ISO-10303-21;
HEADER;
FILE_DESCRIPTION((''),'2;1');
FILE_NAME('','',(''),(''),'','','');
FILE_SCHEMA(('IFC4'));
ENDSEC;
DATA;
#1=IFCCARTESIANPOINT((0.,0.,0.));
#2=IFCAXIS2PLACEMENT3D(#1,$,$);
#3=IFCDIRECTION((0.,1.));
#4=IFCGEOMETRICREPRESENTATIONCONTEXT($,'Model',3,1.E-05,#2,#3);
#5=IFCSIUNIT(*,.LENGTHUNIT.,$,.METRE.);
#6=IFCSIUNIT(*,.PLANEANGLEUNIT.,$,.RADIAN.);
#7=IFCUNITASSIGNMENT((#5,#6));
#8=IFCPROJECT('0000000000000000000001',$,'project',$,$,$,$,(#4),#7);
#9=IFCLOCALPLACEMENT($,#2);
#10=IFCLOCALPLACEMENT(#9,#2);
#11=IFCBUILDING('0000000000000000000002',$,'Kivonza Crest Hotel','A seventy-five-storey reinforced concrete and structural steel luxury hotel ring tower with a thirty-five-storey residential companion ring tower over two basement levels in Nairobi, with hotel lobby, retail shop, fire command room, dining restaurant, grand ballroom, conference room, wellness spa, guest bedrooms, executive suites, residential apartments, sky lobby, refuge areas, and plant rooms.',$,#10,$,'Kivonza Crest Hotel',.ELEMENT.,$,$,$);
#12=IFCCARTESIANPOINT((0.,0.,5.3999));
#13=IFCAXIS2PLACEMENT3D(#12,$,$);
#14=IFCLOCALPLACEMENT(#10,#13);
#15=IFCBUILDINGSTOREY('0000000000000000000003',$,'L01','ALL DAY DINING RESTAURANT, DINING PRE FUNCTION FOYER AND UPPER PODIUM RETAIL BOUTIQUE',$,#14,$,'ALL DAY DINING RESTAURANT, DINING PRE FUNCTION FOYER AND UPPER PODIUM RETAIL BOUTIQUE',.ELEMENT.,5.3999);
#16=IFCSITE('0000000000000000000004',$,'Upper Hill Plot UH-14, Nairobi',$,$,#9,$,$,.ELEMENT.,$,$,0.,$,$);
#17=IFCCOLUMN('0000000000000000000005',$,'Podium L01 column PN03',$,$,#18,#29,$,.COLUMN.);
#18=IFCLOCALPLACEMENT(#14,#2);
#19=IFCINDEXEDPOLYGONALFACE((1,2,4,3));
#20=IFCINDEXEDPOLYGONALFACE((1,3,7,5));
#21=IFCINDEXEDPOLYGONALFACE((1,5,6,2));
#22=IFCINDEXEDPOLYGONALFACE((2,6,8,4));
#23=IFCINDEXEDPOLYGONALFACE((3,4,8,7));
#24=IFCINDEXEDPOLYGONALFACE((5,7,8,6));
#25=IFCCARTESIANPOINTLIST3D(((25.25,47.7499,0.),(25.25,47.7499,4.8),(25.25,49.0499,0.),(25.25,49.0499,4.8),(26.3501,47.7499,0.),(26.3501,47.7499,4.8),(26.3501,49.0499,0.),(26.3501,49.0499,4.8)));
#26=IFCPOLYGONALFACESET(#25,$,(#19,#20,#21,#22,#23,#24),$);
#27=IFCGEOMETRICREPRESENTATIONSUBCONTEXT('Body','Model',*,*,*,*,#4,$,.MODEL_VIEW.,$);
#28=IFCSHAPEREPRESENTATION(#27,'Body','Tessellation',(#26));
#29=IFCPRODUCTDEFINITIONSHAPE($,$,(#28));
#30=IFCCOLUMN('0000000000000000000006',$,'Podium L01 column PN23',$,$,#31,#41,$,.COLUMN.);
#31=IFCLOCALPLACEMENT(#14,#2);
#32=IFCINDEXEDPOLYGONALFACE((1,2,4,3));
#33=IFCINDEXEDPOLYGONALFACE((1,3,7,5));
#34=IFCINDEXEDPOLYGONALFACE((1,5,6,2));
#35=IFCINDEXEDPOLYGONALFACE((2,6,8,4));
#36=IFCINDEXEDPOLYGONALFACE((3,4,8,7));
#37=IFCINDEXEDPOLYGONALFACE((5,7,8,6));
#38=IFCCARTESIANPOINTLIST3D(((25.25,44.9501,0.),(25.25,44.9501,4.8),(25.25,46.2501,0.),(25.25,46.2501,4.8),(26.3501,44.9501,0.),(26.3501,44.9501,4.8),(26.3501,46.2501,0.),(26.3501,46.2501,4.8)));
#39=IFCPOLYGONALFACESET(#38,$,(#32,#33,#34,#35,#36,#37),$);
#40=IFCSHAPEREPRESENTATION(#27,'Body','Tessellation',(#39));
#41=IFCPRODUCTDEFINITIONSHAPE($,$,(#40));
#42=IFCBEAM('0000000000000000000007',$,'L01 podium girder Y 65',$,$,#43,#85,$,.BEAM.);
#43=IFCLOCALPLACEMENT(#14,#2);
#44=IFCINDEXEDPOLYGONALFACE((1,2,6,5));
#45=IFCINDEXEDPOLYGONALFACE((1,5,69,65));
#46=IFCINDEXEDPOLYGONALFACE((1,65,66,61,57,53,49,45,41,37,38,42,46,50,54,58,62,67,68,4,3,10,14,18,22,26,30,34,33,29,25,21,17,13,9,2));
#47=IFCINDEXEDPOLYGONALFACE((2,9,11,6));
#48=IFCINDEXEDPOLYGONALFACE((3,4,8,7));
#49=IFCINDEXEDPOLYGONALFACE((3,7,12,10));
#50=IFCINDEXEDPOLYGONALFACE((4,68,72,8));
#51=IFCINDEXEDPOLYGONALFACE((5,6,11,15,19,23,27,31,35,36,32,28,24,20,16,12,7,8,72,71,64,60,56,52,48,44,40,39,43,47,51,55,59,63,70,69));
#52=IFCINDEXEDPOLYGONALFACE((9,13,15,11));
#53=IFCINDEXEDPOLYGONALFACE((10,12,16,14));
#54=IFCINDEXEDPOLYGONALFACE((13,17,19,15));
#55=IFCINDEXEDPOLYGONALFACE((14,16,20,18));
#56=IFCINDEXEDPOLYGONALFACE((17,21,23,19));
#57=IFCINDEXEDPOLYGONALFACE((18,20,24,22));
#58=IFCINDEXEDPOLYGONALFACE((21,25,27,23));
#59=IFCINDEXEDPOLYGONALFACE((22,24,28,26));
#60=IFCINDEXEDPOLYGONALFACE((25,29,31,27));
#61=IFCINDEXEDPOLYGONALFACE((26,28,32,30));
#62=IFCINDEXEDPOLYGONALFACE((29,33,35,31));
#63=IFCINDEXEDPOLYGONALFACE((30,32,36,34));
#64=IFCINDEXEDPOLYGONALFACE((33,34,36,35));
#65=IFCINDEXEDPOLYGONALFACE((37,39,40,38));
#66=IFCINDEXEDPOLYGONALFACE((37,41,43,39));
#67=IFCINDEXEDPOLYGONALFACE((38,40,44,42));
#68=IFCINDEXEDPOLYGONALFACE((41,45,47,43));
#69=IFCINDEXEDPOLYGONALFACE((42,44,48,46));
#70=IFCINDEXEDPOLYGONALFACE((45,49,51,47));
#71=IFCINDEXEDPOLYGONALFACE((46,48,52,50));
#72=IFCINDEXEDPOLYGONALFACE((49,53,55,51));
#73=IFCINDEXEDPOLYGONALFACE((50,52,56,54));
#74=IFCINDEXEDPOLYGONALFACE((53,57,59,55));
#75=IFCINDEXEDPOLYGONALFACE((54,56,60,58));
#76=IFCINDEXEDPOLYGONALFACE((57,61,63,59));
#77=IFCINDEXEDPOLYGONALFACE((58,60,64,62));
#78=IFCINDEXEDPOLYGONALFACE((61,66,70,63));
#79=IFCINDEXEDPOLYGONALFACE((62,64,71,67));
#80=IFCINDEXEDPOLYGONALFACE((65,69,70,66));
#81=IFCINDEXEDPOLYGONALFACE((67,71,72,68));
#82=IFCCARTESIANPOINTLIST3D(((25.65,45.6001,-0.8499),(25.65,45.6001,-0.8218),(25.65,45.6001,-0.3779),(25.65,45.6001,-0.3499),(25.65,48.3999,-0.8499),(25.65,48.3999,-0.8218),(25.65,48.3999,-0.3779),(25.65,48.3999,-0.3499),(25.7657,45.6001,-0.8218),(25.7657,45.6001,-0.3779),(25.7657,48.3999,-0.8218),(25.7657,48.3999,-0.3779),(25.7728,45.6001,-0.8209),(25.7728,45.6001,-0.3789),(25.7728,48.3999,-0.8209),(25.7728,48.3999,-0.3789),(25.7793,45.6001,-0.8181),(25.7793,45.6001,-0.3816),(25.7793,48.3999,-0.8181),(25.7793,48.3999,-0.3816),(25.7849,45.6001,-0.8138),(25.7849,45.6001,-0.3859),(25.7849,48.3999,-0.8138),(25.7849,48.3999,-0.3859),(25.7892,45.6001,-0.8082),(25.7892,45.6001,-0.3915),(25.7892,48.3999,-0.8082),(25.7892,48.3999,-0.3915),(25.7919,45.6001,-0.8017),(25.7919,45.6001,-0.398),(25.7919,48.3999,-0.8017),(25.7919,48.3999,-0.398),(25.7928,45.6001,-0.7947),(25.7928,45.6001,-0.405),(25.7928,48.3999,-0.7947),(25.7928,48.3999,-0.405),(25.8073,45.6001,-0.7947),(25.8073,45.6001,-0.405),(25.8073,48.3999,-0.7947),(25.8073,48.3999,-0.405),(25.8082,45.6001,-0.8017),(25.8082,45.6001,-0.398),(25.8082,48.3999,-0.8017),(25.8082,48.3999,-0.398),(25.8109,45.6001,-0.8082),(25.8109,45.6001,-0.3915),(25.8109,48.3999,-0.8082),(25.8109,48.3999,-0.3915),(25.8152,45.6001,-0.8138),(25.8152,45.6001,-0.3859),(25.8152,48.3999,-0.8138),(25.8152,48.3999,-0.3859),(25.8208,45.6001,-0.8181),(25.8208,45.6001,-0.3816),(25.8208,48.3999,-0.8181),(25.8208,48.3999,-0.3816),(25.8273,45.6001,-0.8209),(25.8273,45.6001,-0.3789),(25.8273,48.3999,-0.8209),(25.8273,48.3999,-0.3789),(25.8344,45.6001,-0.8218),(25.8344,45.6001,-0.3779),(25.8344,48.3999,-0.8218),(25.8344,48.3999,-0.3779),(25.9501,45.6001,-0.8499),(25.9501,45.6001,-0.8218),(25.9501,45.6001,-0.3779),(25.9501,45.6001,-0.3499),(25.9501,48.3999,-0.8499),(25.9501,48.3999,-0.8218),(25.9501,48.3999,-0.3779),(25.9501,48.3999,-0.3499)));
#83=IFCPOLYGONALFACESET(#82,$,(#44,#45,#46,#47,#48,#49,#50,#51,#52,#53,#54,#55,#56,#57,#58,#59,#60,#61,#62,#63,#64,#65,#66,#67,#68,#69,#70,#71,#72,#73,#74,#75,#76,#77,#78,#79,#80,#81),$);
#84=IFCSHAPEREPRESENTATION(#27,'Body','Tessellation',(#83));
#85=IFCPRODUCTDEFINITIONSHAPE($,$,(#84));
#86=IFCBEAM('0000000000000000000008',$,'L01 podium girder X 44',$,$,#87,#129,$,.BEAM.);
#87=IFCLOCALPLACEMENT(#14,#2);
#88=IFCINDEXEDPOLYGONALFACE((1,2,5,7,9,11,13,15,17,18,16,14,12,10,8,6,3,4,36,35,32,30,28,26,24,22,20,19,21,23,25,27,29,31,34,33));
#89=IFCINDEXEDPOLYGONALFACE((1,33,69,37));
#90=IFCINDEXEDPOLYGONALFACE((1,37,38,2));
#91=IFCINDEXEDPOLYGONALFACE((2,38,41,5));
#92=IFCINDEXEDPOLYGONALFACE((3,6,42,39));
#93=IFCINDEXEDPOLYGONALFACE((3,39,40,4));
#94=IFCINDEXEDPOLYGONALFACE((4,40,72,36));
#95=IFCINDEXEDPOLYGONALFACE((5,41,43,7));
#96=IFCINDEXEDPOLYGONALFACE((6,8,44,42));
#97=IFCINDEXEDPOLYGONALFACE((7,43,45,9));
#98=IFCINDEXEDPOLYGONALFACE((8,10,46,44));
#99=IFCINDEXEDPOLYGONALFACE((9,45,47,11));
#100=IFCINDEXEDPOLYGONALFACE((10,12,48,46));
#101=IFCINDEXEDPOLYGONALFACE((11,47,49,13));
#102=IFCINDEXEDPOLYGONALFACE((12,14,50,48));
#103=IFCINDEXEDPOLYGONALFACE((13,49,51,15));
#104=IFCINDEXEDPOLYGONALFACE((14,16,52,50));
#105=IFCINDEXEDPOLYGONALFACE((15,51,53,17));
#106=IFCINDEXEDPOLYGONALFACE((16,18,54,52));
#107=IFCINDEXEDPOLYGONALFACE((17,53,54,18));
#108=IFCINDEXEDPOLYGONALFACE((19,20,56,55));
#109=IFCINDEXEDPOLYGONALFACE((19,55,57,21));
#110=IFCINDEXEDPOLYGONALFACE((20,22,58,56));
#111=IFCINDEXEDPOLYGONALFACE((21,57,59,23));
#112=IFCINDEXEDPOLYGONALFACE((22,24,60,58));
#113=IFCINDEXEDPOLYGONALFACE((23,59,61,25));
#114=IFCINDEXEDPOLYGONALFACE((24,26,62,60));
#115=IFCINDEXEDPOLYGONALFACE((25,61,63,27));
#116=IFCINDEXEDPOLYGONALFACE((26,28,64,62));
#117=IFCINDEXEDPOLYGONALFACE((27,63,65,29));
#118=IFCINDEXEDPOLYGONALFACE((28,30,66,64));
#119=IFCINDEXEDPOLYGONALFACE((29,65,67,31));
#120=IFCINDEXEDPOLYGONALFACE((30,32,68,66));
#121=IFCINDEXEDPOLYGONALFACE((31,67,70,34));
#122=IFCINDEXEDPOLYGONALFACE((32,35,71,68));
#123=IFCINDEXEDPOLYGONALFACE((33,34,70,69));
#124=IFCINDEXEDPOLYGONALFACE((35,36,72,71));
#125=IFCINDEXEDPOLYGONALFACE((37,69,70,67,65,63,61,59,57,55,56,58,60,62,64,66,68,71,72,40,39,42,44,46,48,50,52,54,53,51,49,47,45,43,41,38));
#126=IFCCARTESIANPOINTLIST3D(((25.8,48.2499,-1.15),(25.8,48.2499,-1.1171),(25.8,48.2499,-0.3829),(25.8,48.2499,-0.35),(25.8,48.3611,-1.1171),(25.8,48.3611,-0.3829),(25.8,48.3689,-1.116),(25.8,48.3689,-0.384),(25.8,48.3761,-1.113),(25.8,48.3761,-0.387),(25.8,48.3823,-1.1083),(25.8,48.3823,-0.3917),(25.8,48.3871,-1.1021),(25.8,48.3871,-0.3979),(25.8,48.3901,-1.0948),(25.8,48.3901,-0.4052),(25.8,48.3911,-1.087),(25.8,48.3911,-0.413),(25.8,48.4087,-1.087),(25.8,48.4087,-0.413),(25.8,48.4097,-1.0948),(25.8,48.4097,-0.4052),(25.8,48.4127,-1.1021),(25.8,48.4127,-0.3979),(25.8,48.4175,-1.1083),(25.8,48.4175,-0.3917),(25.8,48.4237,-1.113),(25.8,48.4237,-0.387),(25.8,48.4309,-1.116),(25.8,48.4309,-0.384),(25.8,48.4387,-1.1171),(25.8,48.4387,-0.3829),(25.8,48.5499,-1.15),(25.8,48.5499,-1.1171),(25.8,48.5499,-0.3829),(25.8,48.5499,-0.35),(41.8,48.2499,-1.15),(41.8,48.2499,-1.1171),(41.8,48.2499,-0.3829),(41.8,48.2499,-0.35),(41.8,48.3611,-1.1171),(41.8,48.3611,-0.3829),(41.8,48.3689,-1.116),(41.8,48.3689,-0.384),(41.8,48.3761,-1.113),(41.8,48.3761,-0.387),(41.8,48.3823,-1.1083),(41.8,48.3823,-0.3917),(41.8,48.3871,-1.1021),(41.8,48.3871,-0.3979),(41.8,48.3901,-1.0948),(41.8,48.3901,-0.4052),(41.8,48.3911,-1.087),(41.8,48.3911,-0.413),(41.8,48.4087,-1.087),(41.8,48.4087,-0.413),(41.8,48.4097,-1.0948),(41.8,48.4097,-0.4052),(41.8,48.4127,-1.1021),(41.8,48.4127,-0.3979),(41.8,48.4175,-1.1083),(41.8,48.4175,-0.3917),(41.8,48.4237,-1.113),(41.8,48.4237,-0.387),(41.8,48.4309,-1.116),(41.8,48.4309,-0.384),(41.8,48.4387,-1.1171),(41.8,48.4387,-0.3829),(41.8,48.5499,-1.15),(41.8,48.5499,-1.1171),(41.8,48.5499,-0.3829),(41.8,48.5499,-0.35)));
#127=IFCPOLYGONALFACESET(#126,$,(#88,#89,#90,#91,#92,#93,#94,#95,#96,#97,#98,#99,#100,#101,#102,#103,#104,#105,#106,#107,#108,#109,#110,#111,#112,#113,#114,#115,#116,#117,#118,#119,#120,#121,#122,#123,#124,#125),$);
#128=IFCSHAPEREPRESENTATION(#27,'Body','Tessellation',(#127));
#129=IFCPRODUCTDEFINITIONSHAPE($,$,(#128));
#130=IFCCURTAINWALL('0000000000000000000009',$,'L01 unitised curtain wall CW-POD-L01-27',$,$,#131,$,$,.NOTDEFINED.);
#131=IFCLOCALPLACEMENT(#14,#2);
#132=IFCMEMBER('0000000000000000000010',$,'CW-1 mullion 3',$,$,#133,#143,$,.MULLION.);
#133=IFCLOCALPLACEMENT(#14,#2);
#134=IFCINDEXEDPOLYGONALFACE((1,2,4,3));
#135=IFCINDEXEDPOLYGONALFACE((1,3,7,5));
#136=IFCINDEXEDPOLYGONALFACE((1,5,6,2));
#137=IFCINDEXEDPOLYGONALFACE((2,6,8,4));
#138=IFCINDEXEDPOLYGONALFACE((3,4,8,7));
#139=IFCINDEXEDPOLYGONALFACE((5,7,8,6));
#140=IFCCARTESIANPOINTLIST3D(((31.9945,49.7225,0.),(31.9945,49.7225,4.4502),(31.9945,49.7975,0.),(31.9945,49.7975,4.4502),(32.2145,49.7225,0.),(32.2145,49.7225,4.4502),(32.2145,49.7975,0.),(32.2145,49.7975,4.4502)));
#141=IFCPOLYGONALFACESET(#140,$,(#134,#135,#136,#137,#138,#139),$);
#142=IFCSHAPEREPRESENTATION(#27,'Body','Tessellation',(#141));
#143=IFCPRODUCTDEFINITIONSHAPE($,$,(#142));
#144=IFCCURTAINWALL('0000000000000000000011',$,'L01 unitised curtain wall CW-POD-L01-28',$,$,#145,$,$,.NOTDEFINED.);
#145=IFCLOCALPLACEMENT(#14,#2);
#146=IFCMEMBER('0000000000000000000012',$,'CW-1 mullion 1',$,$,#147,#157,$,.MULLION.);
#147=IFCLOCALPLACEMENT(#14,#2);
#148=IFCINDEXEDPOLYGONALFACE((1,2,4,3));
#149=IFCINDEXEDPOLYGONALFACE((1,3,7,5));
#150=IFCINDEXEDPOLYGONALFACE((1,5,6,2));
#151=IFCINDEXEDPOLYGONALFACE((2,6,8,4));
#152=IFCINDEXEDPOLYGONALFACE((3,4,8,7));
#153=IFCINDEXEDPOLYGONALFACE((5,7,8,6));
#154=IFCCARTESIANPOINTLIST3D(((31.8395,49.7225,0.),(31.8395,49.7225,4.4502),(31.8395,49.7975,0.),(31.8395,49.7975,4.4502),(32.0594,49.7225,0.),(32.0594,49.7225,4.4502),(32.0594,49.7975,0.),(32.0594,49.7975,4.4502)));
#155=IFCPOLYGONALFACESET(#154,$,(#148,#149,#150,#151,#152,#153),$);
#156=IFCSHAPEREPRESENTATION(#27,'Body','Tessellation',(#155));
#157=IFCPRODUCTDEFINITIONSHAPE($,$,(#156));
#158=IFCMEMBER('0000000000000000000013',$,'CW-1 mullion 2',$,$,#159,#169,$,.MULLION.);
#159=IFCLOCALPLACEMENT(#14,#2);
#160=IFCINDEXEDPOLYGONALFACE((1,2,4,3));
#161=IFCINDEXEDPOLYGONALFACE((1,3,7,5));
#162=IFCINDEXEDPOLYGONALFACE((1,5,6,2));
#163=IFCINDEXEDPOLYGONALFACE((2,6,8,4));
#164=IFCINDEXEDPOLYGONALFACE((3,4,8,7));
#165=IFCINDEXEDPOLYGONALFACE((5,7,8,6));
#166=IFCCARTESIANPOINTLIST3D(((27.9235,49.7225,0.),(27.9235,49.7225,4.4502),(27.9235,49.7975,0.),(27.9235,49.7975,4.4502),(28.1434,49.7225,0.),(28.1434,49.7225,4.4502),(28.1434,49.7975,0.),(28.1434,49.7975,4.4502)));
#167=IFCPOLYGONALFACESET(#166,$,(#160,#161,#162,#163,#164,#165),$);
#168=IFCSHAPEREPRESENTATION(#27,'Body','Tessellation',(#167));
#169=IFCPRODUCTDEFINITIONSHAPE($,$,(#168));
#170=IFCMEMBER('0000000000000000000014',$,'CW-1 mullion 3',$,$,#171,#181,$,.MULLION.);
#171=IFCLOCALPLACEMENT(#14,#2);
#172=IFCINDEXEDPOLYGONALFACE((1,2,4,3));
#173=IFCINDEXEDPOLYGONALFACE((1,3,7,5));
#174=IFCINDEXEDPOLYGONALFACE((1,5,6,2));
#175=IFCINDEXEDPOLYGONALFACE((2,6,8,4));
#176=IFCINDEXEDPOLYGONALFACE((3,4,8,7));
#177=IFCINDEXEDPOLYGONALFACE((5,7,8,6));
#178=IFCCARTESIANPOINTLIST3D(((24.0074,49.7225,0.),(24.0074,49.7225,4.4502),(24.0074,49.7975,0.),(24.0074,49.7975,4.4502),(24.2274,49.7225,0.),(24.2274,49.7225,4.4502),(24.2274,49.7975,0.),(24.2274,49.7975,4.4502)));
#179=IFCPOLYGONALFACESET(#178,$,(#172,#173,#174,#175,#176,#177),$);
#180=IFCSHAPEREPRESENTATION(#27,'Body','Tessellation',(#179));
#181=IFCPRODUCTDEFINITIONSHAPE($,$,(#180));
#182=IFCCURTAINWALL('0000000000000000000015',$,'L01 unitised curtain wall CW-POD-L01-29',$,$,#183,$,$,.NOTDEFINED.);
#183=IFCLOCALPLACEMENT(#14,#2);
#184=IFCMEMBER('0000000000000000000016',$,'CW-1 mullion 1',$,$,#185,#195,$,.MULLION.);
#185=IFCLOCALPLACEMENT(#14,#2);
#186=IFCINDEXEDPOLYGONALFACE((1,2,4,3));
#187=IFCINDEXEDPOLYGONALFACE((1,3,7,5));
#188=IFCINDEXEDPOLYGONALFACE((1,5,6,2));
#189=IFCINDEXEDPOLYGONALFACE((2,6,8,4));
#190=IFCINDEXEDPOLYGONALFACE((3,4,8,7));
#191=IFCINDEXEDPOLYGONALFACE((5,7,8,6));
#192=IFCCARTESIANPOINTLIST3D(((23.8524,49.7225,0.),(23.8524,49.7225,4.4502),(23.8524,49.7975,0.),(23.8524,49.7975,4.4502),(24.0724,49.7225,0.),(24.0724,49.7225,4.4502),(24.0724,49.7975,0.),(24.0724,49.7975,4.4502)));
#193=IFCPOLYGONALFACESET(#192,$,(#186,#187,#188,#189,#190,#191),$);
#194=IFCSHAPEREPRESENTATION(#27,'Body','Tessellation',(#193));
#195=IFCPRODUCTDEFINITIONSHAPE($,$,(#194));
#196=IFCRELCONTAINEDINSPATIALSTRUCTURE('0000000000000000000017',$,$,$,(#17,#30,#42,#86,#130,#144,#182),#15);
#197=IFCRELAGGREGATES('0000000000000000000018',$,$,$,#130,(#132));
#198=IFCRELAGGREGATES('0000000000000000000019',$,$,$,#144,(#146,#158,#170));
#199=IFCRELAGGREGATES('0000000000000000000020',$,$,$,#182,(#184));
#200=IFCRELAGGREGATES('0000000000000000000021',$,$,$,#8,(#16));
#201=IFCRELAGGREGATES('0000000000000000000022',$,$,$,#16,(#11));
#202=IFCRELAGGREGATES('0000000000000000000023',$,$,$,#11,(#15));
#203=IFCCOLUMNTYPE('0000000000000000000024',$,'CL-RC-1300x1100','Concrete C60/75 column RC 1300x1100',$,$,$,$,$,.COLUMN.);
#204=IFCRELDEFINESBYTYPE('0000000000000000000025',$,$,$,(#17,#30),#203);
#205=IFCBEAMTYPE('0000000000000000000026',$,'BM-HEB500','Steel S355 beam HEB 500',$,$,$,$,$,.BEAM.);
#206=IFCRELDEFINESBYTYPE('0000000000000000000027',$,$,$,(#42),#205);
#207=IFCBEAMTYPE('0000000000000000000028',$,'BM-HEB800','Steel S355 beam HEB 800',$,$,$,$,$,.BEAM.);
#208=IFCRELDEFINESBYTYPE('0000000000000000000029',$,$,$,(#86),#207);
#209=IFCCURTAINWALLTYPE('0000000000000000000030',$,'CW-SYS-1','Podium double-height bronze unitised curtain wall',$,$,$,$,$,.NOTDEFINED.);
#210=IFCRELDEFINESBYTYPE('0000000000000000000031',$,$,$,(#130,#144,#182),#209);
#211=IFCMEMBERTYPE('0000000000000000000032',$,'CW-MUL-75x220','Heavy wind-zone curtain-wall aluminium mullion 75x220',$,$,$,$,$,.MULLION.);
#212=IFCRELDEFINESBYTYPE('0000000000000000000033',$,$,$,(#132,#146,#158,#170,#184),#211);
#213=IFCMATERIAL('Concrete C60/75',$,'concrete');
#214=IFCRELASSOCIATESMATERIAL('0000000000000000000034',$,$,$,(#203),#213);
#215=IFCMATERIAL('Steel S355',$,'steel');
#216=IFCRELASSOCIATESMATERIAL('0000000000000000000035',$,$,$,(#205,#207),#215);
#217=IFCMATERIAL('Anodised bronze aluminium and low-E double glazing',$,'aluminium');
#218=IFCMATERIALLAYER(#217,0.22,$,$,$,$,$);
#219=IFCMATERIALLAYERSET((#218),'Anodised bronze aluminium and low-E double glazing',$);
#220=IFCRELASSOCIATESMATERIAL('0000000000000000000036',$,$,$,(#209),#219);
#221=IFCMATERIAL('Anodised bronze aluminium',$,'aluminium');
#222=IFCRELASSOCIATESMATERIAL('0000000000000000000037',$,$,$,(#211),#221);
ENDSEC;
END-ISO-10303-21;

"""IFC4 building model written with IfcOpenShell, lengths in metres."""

from ifc_helpers import new_model, si_unit, direction, frame, origin, origin_2d, place, context, subcontext, project, spatial, rectangle, i_section, extrude, material, layer, layer_set, material_profile, profile_set, type_object, element, aggregate, save


model = new_model("IFC4")

# Units and contexts
model_context = context("Model", 3, precision=1e-05, world=origin(), true_north=direction((0.0, 1.0)))
body_context = subcontext(model_context, "Body", "Model", "MODEL_VIEW")
ifc_project = project(units=[si_unit("LENGTHUNIT", "METRE"), si_unit("PLANEANGLEUNIT", "RADIAN")], contexts=[model_context])

# Site, building, storey
site_placement = place(None, origin())
site = spatial("IfcSite", under=ifc_project, at=site_placement, Name="Upper Hill Plot UH-14, Nairobi", CompositionType="ELEMENT", RefElevation=0.0)
building_placement = place(site_placement, origin())
building = spatial("IfcBuilding", under=site, at=building_placement, Name="Kivonza Crest Hotel", Description="A seventy-five-storey reinforced concrete and structural steel luxury hotel ring tower with a thirty-five-storey residential companion ring tower over two basement levels in Nairobi, with hotel lobby, retail shop, fire command room, dining restaurant, grand ballroom, conference room, wellness spa, guest bedrooms, executive suites, residential apartments, sky lobby, refuge areas, and plant rooms.", LongName="Kivonza Crest Hotel", CompositionType="ELEMENT")
storey_placement = place(building_placement, frame((0.0, 0.0, 5.3999)))
storey = spatial("IfcBuildingStorey", under=building, at=storey_placement, Name="L01", Description="ALL DAY DINING RESTAURANT, DINING PRE FUNCTION FOYER AND UPPER PODIUM RETAIL BOUTIQUE", LongName="ALL DAY DINING RESTAURANT, DINING PRE FUNCTION FOYER AND UPPER PODIUM RETAIL BOUTIQUE", CompositionType="ELEMENT", Elevation=5.3999)

# Columns
ifc_material_1 = material(Name="Concrete C60/75", Category="concrete")
ifc_material_profile_1 = material_profile(ifc_material_1, rectangle(XDim=1.1001, YDim=1.3, at=origin_2d()), Name="RC 1300x1100")
ifc_profile_set_1 = profile_set([ifc_material_profile_1], Name="Concrete C60/75")
column_type = type_object("IfcColumnType", Name="CL-RC-1300x1100", Description="Concrete C60/75 column RC 1300x1100", PredefinedType="COLUMN", material=ifc_profile_set_1)
for number, where, z_axis, x_axis, name in (
    (1, (25.8, 48.3999, 0.0), (0.0, 0.0, 1.0), (1.0, 0.0, 0.0), "Podium L01 column PN03"),
    (2, (25.8, 45.6001, 0.0), (0.0, 0.0, 1.0), (1.0, 0.0, 0.0), "Podium L01 column PN23"),
):
    element("IfcColumn", number, at=place(storey_placement, frame(where, z_axis=z_axis, x_axis=x_axis)), inside=storey, type_object=column_type, Name=name, PredefinedType="COLUMN", context=body_context, shape_type="SweptSolid", body=[
        extrude(rectangle(XDim=1.1001, YDim=1.3, at=origin_2d()), origin(), (0.0, 0.0, 1.0), 4.8),
    ])

# Beams
ifc_material_2 = material(Name="Steel S355", Category="steel")
ifc_material_profile_2 = material_profile(ifc_material_2, i_section(OverallWidth=0.3, OverallDepth=0.5, WebThickness=0.0144, FlangeThickness=0.0281, FilletRadius=0.0271, at=origin_2d()), Name="HEB 500")
ifc_profile_set_2 = profile_set([ifc_material_profile_2], Name="Steel S355")
beam_type_1 = type_object("IfcBeamType", Name="BM-HEB500", Description="Steel S355 beam HEB 500", PredefinedType="BEAM", material=ifc_profile_set_2)
beam_1_placement = place(storey_placement, frame((25.8, 45.6001, -0.5999), z_axis=(0.0, 1.0, 0.0), x_axis=(-1.0, 0.0, 0.0)))
element("IfcBeam", 3, at=beam_1_placement, inside=storey, type_object=beam_type_1, Name="L01 podium girder Y 65", PredefinedType="BEAM", context=body_context, shape_type="SweptSolid", body=[
    extrude(i_section(OverallWidth=0.3, OverallDepth=0.5, WebThickness=0.0144, FlangeThickness=0.0281, FilletRadius=0.0271, at=origin_2d()), origin(), (0.0, 0.0, 1.0), 2.7998),
])
ifc_material_profile_3 = material_profile(ifc_material_2, i_section(OverallWidth=0.3, OverallDepth=0.8, WebThickness=0.0176, FlangeThickness=0.033, FilletRadius=0.03, at=origin_2d()), Name="HEB 800")
ifc_profile_set_3 = profile_set([ifc_material_profile_3], Name="Steel S355")
beam_type_2 = type_object("IfcBeamType", Name="BM-HEB800", Description="Steel S355 beam HEB 800", PredefinedType="BEAM", material=ifc_profile_set_3)
beam_2_placement = place(storey_placement, frame((25.8, 48.3999, -0.75), z_axis=(1.0, 0.0, 0.0), x_axis=(0.0, 1.0, 0.0)))
element("IfcBeam", 4, at=beam_2_placement, inside=storey, type_object=beam_type_2, Name="L01 podium girder X 44", PredefinedType="BEAM", context=body_context, shape_type="SweptSolid", body=[
    extrude(i_section(OverallWidth=0.3, OverallDepth=0.8, WebThickness=0.0176, FlangeThickness=0.033, FilletRadius=0.03, at=origin_2d()), origin(), (0.0, 0.0, 1.0), 16.0),
])

# Curtain wall, member
ifc_material_3 = material(Name="Anodised bronze aluminium and low-E double glazing", Category="aluminium")
ifc_layer_1 = layer(ifc_material_3, 0.22)
ifc_layer_set_1 = layer_set([ifc_layer_1], Name="Anodised bronze aluminium and low-E double glazing")
curtain_wall_type = type_object("IfcCurtainWallType", Name="CW-SYS-1", Description="Podium double-height bronze unitised curtain wall", PredefinedType="NOTDEFINED", material=ifc_layer_set_1)
curtain_wall_1_placement = place(storey_placement, origin())
curtain_wall_1 = element("IfcCurtainWall", 5, at=curtain_wall_1_placement, inside=storey, type_object=curtain_wall_type, Name="L01 unitised curtain wall CW-POD-L01-27", PredefinedType="NOTDEFINED")
ifc_material_4 = material(Name="Anodised bronze aluminium", Category="aluminium")
ifc_material_profile_4 = material_profile(ifc_material_4, rectangle(XDim=0.075, YDim=0.22, at=origin_2d()), Name="CW-M 75x220")
ifc_profile_set_4 = profile_set([ifc_material_profile_4], Name="Anodised bronze aluminium")
member_type_1 = type_object("IfcMemberType", Name="CW-MUL-75x220", Description="Heavy wind-zone curtain-wall aluminium mullion 75x220", PredefinedType="MULLION", material=ifc_profile_set_4)
member_1_placement = place(storey_placement, frame((32.1045, 49.76, 0.0), z_axis=(0.0, 0.0, 1.0), x_axis=(0.0, -1.0, 0.0)))
member_1 = element("IfcMember", 6, at=member_1_placement, type_object=member_type_1, Name="CW-1 mullion 3", PredefinedType="MULLION", context=body_context, shape_type="SweptSolid", body=[
    extrude(rectangle(XDim=0.075, YDim=0.22, at=origin_2d()), origin(), (0.0, 0.0, 1.0), 4.4502),
])
aggregate(curtain_wall_1, [member_1])

# Curtain walls, members
curtain_wall_2_placement = place(storey_placement, origin())
curtain_wall_2 = element("IfcCurtainWall", 7, at=curtain_wall_2_placement, inside=storey, type_object=curtain_wall_type, Name="L01 unitised curtain wall CW-POD-L01-28", PredefinedType="NOTDEFINED")
member_2_placement = place(storey_placement, frame((31.9495, 49.76, 0.0), z_axis=(0.0, 0.0, 1.0), x_axis=(0.0, -1.0, 0.0)))
member_2 = element("IfcMember", 8, at=member_2_placement, type_object=member_type_1, Name="CW-1 mullion 1", PredefinedType="MULLION", context=body_context, shape_type="SweptSolid", body=[
    extrude(rectangle(XDim=0.075, YDim=0.22, at=origin_2d()), origin(), (0.0, 0.0, 1.0), 4.4502),
])
member_3_placement = place(storey_placement, frame((28.0334, 49.76, 0.0), z_axis=(0.0, 0.0, 1.0), x_axis=(0.0, -1.0, 0.0)))
member_3 = element("IfcMember", 9, at=member_3_placement, type_object=member_type_1, Name="CW-1 mullion 2", PredefinedType="MULLION", context=body_context, shape_type="SweptSolid", body=[
    extrude(rectangle(XDim=0.075, YDim=0.22, at=origin_2d()), origin(), (0.0, 0.0, 1.0), 4.4502),
])
member_4_placement = place(storey_placement, frame((24.1174, 49.76, 0.0), z_axis=(0.0, 0.0, 1.0), x_axis=(0.0, -1.0, 0.0)))
member_4 = element("IfcMember", 10, at=member_4_placement, type_object=member_type_1, Name="CW-1 mullion 3", PredefinedType="MULLION", context=body_context, shape_type="SweptSolid", body=[
    extrude(rectangle(XDim=0.075, YDim=0.22, at=origin_2d()), origin(), (0.0, 0.0, 1.0), 4.4502),
])
curtain_wall_3_placement = place(storey_placement, origin())
curtain_wall_3 = element("IfcCurtainWall", 11, at=curtain_wall_3_placement, inside=storey, type_object=curtain_wall_type, Name="L01 unitised curtain wall CW-POD-L01-29", PredefinedType="NOTDEFINED")
member_5_placement = place(storey_placement, frame((23.9624, 49.76, 0.0), z_axis=(0.0, 0.0, 1.0), x_axis=(0.0, -1.0, 0.0)))
member_5 = element("IfcMember", 12, at=member_5_placement, type_object=member_type_1, Name="CW-1 mullion 1", PredefinedType="MULLION", context=body_context, shape_type="SweptSolid", body=[
    extrude(rectangle(XDim=0.075, YDim=0.22, at=origin_2d()), origin(), (0.0, 0.0, 1.0), 4.4502),
])

aggregate(curtain_wall_2, [member_2, member_3, member_4])
aggregate(curtain_wall_3, [member_5])

save(model, "model.ifc")
